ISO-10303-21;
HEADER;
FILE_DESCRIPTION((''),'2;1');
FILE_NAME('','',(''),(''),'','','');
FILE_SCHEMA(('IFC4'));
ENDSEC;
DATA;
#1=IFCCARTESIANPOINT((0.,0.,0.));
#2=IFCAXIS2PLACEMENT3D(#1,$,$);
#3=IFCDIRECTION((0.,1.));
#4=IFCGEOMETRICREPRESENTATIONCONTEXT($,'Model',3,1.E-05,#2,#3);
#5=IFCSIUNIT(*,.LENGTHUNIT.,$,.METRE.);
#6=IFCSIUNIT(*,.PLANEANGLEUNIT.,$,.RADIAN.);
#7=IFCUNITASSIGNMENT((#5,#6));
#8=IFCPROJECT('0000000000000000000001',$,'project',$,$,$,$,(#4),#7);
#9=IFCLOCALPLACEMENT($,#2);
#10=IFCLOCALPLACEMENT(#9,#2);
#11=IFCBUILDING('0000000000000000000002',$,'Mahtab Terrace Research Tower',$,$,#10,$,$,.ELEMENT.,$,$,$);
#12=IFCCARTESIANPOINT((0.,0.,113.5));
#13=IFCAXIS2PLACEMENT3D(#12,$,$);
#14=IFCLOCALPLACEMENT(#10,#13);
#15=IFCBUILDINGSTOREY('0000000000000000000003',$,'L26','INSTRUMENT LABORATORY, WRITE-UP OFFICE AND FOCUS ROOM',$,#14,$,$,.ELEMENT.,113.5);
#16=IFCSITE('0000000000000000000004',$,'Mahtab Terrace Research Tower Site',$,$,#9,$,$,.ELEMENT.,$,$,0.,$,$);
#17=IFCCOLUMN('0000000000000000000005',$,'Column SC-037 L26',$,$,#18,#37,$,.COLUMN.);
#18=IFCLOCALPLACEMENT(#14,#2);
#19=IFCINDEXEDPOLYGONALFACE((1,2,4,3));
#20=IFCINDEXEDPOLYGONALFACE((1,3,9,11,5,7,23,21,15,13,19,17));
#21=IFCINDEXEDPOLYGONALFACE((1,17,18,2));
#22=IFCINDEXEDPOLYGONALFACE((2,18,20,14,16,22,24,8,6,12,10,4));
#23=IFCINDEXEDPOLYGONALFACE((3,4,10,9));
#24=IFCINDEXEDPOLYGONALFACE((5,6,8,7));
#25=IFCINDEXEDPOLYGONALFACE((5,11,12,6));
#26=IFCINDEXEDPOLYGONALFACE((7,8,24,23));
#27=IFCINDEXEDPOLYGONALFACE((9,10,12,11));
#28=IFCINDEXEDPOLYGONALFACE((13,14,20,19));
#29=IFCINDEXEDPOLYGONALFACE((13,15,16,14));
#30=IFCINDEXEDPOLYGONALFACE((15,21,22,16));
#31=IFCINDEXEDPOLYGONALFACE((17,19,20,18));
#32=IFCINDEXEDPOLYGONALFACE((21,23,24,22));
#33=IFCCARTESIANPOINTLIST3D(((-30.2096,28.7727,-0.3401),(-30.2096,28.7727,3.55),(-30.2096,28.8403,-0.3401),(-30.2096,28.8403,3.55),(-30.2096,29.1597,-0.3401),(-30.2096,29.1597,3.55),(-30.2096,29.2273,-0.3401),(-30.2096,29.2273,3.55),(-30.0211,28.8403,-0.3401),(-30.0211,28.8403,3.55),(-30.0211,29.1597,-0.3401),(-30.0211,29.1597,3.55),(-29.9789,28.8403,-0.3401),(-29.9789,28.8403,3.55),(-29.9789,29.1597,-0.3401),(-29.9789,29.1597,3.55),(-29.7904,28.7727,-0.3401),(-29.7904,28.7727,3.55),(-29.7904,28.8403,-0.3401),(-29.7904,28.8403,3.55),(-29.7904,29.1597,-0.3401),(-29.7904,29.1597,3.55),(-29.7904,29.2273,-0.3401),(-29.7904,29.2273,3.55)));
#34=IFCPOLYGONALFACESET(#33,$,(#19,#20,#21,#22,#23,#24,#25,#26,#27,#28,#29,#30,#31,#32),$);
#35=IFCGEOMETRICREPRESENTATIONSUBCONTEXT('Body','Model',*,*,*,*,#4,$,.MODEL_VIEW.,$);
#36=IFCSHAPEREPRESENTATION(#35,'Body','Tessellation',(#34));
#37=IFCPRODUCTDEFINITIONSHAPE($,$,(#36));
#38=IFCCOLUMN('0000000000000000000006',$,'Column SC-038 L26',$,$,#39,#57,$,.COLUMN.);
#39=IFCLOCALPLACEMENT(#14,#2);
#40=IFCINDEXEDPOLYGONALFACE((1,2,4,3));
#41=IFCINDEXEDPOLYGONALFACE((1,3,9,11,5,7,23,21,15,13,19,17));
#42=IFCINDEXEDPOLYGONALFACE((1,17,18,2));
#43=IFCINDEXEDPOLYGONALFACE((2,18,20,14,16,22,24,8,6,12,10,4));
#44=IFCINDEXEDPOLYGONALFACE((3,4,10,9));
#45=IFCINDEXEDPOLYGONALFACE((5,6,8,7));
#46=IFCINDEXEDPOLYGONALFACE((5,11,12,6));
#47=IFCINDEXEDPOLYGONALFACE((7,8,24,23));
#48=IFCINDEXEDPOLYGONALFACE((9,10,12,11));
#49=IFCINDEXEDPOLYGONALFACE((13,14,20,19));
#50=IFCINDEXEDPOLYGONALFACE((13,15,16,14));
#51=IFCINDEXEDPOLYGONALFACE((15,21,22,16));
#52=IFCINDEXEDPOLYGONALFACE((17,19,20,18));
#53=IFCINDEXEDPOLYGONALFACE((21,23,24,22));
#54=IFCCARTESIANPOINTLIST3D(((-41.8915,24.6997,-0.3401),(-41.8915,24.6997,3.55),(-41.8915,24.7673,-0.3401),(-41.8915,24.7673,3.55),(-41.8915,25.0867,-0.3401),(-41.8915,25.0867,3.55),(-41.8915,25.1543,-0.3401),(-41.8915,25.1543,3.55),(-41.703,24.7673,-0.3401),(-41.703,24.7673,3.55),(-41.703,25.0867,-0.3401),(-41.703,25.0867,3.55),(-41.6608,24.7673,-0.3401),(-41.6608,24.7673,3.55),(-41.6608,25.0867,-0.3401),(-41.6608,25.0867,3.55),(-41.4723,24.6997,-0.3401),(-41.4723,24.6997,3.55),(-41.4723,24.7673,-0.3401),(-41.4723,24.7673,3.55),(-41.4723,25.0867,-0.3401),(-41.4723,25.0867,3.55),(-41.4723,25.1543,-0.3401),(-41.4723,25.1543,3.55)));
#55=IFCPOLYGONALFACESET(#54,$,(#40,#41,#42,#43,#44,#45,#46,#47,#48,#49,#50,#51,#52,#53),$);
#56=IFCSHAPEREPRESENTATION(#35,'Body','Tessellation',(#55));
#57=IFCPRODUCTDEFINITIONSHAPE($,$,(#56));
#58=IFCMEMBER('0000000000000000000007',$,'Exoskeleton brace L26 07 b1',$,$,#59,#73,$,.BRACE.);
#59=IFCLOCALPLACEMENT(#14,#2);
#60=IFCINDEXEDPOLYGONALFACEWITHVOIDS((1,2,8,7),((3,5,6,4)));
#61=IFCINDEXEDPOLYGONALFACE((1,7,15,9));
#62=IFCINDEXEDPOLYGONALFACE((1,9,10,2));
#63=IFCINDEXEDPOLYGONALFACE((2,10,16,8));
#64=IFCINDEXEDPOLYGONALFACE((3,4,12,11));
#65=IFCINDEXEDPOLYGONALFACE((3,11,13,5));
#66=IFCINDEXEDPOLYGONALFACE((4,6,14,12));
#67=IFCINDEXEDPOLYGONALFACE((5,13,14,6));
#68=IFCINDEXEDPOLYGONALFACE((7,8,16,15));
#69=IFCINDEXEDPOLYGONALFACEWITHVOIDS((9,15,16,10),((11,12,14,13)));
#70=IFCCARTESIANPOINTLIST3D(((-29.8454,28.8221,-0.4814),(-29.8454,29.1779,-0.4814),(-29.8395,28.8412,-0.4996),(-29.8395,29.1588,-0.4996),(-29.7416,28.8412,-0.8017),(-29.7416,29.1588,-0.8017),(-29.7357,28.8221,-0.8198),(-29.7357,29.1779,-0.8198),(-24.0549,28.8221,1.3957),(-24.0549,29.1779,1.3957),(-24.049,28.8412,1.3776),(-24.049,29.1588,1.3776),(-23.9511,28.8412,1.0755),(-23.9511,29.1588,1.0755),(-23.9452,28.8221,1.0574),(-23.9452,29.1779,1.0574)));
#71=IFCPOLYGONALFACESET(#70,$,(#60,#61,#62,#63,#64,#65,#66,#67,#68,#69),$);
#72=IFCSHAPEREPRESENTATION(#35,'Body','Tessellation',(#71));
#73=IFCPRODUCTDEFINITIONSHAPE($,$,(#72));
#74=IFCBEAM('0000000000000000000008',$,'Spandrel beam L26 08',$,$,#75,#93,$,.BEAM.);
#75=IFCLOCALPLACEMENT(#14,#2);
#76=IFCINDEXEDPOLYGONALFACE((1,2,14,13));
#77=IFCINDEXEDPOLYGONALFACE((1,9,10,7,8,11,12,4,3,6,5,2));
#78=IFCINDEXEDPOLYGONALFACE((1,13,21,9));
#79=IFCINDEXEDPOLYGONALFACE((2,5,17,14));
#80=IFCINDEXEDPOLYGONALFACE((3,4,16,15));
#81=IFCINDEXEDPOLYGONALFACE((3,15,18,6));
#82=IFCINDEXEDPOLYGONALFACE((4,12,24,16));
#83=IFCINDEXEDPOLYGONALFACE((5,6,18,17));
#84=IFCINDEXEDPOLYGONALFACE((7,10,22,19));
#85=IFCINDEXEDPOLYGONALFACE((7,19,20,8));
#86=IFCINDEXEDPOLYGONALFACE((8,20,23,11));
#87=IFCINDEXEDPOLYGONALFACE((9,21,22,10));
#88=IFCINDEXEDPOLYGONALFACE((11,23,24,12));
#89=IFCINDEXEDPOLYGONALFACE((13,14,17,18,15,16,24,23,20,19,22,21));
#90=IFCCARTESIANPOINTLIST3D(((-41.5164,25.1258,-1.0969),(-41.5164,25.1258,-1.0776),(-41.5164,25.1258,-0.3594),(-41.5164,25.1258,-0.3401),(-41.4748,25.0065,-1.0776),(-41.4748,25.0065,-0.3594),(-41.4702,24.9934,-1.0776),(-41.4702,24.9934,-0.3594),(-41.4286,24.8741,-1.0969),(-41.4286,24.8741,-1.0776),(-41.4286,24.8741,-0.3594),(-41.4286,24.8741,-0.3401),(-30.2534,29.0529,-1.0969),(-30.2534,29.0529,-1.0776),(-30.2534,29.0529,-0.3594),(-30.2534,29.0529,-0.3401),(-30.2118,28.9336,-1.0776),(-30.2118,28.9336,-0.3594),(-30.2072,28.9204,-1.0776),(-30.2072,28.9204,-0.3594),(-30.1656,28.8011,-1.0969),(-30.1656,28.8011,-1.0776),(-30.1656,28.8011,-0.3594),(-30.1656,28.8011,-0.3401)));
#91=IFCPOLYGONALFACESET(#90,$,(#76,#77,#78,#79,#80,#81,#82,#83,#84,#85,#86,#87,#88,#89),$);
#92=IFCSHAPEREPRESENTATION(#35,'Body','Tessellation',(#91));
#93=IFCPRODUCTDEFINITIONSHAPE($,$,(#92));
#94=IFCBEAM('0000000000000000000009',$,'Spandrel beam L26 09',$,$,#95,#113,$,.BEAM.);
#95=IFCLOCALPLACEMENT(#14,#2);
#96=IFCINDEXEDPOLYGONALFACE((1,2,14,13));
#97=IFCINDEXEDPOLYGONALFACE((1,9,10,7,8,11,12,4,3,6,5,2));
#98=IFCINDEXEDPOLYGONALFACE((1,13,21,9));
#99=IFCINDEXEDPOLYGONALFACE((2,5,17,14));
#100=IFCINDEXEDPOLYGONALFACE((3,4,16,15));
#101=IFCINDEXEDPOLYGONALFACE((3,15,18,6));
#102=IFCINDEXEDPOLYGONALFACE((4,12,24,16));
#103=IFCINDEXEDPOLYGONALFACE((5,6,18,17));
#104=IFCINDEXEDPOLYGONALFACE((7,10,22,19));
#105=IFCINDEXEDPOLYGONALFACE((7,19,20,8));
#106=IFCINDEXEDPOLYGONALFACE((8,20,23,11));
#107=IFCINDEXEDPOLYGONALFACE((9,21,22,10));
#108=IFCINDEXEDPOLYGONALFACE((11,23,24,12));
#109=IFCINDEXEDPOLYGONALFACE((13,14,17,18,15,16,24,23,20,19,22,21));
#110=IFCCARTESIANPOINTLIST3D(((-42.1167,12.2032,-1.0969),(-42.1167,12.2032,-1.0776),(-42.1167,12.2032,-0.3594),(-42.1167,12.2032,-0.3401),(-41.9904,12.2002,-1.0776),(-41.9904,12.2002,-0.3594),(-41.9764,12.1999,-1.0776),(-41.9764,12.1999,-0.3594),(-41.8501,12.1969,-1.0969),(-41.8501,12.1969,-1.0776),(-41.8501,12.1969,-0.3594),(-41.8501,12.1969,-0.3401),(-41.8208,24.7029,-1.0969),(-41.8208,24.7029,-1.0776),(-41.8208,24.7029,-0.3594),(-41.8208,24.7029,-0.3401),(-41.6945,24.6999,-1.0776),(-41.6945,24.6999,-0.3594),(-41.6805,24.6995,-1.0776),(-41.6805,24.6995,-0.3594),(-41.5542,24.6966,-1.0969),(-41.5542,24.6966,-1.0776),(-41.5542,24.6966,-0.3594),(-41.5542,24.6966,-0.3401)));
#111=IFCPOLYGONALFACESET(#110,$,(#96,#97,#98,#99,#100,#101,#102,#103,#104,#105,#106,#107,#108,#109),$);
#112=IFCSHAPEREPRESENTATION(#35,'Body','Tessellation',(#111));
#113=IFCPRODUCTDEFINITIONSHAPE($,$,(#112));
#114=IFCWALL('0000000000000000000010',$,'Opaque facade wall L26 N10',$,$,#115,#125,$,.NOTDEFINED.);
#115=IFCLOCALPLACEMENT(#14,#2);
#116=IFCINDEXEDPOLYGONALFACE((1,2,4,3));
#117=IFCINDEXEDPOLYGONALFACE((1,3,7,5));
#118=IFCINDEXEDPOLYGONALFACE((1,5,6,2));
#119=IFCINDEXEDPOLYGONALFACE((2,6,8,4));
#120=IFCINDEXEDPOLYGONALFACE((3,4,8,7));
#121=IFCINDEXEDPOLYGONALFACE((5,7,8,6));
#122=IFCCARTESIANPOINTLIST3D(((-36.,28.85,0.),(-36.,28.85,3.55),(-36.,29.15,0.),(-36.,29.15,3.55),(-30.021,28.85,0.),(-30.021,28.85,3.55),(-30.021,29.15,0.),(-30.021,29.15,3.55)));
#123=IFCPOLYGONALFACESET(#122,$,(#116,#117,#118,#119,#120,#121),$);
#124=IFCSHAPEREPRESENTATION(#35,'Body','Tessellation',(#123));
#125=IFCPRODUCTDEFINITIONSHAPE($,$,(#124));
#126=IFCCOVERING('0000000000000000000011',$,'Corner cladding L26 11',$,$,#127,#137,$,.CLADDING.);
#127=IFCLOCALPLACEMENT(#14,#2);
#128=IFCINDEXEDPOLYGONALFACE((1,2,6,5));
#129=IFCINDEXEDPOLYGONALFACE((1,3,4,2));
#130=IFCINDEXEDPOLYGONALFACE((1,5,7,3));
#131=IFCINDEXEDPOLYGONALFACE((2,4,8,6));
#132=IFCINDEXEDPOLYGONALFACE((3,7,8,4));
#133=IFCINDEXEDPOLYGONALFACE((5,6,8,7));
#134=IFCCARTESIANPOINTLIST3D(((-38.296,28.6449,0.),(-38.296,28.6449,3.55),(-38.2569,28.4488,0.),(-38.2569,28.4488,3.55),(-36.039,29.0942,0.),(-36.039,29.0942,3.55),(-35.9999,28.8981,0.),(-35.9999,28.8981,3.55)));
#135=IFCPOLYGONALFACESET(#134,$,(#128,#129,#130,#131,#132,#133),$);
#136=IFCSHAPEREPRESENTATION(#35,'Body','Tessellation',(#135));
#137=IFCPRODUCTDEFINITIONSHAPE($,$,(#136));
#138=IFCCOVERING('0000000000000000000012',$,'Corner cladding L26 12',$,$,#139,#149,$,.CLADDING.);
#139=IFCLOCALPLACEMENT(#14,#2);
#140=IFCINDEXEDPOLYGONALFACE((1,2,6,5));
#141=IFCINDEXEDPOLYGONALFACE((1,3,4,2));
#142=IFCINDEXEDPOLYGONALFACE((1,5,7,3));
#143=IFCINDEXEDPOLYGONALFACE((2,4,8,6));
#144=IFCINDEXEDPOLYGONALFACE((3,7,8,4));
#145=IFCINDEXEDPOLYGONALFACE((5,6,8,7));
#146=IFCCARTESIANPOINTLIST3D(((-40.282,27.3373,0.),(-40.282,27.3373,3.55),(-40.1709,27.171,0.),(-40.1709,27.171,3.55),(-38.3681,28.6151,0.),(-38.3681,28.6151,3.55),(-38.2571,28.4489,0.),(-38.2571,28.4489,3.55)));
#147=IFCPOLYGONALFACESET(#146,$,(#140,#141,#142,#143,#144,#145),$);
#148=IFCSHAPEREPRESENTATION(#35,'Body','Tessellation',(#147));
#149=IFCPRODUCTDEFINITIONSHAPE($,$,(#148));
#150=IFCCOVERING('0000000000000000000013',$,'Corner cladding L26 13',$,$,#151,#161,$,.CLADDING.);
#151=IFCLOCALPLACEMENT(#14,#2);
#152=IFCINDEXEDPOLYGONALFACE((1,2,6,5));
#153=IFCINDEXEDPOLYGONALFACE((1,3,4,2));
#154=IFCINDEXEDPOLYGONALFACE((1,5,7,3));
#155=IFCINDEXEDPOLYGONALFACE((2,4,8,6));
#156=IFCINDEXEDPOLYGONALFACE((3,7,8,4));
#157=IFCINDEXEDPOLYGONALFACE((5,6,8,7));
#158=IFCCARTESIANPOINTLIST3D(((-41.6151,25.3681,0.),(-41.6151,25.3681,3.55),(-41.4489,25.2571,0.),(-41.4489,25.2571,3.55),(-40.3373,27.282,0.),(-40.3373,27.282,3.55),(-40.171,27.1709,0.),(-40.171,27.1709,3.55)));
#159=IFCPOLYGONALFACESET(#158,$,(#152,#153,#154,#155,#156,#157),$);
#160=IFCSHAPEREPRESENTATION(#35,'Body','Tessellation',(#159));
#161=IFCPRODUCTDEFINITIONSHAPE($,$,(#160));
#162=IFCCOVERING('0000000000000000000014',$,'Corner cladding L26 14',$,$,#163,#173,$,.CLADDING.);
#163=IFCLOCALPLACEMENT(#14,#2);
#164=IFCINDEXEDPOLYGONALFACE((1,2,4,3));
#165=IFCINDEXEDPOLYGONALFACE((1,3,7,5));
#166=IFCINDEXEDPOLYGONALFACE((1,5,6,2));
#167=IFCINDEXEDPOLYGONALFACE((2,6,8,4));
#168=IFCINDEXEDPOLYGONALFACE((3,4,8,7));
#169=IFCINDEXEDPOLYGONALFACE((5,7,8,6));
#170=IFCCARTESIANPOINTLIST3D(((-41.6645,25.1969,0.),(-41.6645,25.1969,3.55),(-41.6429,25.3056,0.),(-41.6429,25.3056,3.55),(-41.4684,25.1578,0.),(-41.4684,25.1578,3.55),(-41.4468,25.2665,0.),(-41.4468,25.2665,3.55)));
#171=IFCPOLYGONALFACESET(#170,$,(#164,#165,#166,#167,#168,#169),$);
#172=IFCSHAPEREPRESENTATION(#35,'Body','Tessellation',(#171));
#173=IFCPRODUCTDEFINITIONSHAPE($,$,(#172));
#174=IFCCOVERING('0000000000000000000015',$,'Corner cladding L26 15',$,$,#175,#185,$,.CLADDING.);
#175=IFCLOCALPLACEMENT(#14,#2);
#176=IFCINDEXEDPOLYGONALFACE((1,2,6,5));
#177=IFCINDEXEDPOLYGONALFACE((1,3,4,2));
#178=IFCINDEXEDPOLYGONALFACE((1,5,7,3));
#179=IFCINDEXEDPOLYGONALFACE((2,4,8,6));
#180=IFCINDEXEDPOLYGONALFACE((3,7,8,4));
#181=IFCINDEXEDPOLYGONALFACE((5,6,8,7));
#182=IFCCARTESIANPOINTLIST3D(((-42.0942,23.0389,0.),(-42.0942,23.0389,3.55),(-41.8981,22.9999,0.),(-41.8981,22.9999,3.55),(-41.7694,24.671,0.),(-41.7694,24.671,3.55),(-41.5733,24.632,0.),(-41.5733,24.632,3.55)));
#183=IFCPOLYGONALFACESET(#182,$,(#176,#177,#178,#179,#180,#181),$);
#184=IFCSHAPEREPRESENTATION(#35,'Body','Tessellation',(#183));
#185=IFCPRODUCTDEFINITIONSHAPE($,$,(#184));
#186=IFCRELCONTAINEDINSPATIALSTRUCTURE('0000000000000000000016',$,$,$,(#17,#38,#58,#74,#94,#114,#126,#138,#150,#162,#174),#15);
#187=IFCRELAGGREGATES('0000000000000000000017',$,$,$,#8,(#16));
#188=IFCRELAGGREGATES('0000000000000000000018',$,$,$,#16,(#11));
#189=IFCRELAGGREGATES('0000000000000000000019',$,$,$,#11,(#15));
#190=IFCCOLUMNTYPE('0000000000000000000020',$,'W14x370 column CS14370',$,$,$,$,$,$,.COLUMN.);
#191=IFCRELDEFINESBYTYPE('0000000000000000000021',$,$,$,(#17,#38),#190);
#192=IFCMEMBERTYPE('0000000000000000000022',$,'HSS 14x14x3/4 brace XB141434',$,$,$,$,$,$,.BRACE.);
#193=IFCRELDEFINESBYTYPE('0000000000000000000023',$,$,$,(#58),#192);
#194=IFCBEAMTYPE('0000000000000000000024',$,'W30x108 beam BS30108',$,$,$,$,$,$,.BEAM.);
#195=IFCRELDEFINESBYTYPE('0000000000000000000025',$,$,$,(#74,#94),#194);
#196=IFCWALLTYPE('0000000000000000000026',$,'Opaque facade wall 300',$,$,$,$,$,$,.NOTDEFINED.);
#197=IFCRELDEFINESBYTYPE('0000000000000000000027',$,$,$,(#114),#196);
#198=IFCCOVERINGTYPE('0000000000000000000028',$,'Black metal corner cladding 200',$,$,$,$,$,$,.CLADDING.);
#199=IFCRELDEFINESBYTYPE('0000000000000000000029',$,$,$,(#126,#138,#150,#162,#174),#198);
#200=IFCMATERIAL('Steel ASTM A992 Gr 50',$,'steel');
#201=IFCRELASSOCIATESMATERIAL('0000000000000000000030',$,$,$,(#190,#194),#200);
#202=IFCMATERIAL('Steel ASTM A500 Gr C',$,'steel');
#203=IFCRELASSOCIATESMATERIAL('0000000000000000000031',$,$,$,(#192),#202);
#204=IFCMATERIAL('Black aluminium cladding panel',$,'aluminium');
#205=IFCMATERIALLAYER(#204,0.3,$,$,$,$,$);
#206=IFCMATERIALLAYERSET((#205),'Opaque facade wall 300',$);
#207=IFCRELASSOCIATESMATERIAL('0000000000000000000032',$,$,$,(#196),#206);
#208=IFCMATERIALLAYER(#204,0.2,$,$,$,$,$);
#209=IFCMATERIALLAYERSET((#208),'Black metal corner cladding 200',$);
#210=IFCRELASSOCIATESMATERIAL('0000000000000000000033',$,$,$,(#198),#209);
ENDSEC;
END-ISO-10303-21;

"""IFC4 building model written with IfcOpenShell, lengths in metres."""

from ifc_helpers import new_model, si_unit, direction, frame, frame_2d, origin, origin_2d, place, context, subcontext, project, spatial, rectangle, hollow_rectangle, i_section, extrude, material, layer, layer_set, material_profile, profile_set, type_object, element, save


model = new_model("IFC4")

# Units and contexts
model_context = context("Model", 3, precision=1e-05, world=origin(), true_north=direction((0.0, 1.0)))
body_context = subcontext(model_context, "Body", "Model", "MODEL_VIEW")
ifc_project = project(units=[si_unit("LENGTHUNIT", "METRE"), si_unit("PLANEANGLEUNIT", "RADIAN")], contexts=[model_context])

# Site, building, storey
site_placement = place(None, origin())
site = spatial("IfcSite", under=ifc_project, at=site_placement, Name="Mahtab Terrace Research Tower Site", CompositionType="ELEMENT", RefElevation=0.0)
building_placement = place(site_placement, origin())
building = spatial("IfcBuilding", under=site, at=building_placement, Name="Mahtab Terrace Research Tower", CompositionType="ELEMENT")
storey_placement = place(building_placement, frame((0.0, 0.0, 113.5)))
storey = spatial("IfcBuildingStorey", under=building, at=storey_placement, Name="L26", Description="INSTRUMENT LABORATORY, WRITE-UP OFFICE AND FOCUS ROOM", CompositionType="ELEMENT", Elevation=113.5)

# Columns
ifc_material_1 = material(Name="Steel ASTM A992 Gr 50", Category="steel")
ifc_material_profile_1 = material_profile(ifc_material_1, i_section(OverallWidth=0.4192, OverallDepth=0.4546, WebThickness=0.0422, FlangeThickness=0.0676, at=origin_2d()), Name="W14X370")
ifc_profile_set_1 = profile_set([ifc_material_profile_1], Name="Steel ASTM A992 Gr 50")
column_type = type_object("IfcColumnType", Name="W14x370 column CS14370", PredefinedType="COLUMN", material=ifc_profile_set_1)
for number, where, z_axis, x_axis, name in (
    (1, (-30.0, 29.0, -0.3401), (0.0, 0.0, 1.0), (1.0, 0.0, 0.0), "Column SC-037 L26"),
    (2, (-41.6819, 24.927, -0.3401), (0.0, 0.0, 1.0), (1.0, 0.0, 0.0), "Column SC-038 L26"),
):
    element("IfcColumn", number, at=place(storey_placement, frame(where, z_axis=z_axis, x_axis=x_axis)), inside=storey, type_object=column_type, Name=name, PredefinedType="COLUMN", context=body_context, shape_type="SweptSolid", body=[
        extrude(i_section(OverallWidth=0.4192, OverallDepth=0.4546, WebThickness=0.0422, FlangeThickness=0.0676, at=origin_2d()), origin(), (0.0, 0.0, 1.0), 3.8901),
    ])

# Member
ifc_material_2 = material(Name="Steel ASTM A500 Gr C", Category="steel")
ifc_material_profile_2 = material_profile(ifc_material_2, hollow_rectangle(XDim=0.3557, YDim=0.3557, WallThickness=0.019, at=origin_2d()), Name="HSS14X14X3/4")
ifc_profile_set_2 = profile_set([ifc_material_profile_2], Name="Steel ASTM A500 Gr C")
member_type = type_object("IfcMemberType", Name="HSS 14x14x3/4 brace XB141434", PredefinedType="BRACE", material=ifc_profile_set_2)
member_placement = place(storey_placement, frame((-29.7905, 29.0, -0.6506), z_axis=(0.951262, 0.0, 0.308384), x_axis=(0.0, 1.0, 0.0)))
element("IfcMember", 3, at=member_placement, inside=storey, type_object=member_type, Name="Exoskeleton brace L26 07 b1", PredefinedType="BRACE", context=body_context, shape_type="SweptSolid", body=[
    extrude(hollow_rectangle(XDim=0.3557, YDim=0.3557, WallThickness=0.019, at=origin_2d()), origin(), (0.0, 0.0, 1.0), 6.0872),
])

# Beams
ifc_material_profile_3 = material_profile(ifc_material_1, i_section(OverallWidth=0.2666, OverallDepth=0.7568, WebThickness=0.0139, FlangeThickness=0.0193, at=origin_2d()), Name="W30X108")
ifc_profile_set_3 = profile_set([ifc_material_profile_3], Name="Steel ASTM A992 Gr 50")
beam_type = type_object("IfcBeamType", Name="W30x108 beam BS30108", PredefinedType="BEAM", material=ifc_profile_set_3)
beam_1_placement = place(storey_placement, frame((-30.2095, 28.927, -0.7185), z_axis=(-0.944251, -0.329228, 0.0), x_axis=(0.329228, -0.944251, 0.0)))
element("IfcBeam", 4, at=beam_1_placement, inside=storey, type_object=beam_type, Name="Spandrel beam L26 08", PredefinedType="BEAM", context=body_context, shape_type="SweptSolid", body=[
    extrude(i_section(OverallWidth=0.2666, OverallDepth=0.7568, WebThickness=0.0139, FlangeThickness=0.0193, at=origin_2d()), origin(), (0.0, 0.0, 1.0), 11.928),
])
beam_2_placement = place(storey_placement, frame((-41.6875, 24.6997, -0.7185), z_axis=(-0.023666, -0.99972, 0.0), x_axis=(0.99972, -0.023666, 0.0)))
element("IfcBeam", 5, at=beam_2_placement, inside=storey, type_object=beam_type, Name="Spandrel beam L26 09", PredefinedType="BEAM", context=body_context, shape_type="SweptSolid", body=[
    extrude(i_section(OverallWidth=0.2666, OverallDepth=0.7568, WebThickness=0.0139, FlangeThickness=0.0193, at=origin_2d()), origin(), (0.0, 0.0, 1.0), 12.5032),
])

# Wall
ifc_material_3 = material(Name="Black aluminium cladding panel", Category="aluminium")
ifc_layer_1 = layer(ifc_material_3, 0.3)
ifc_layer_set_1 = layer_set([ifc_layer_1], Name="Opaque facade wall 300")
wall_type = type_object("IfcWallType", Name="Opaque facade wall 300", PredefinedType="NOTDEFINED", material=ifc_layer_set_1)
wall_placement = place(storey_placement, frame((-30.021, 29.0, 0.0), z_axis=(0.0, 0.0, 1.0), x_axis=(-1.0, 0.0, 0.0)))
element("IfcWall", 6, at=wall_placement, inside=storey, type_object=wall_type, Name="Opaque facade wall L26 N10", PredefinedType="NOTDEFINED", context=body_context, shape_type="SweptSolid", body=[
    extrude(rectangle(XDim=5.979, YDim=0.3, at=frame_2d((2.9895, 0.0))), origin(), (0.0, 0.0, 1.0), 3.55),
])

# Coverings
ifc_layer_2 = layer(ifc_material_3, 0.2)
ifc_layer_set_2 = layer_set([ifc_layer_2], Name="Black metal corner cladding 200")
covering_type = type_object("IfcCoveringType", Name="Black metal corner cladding 200", PredefinedType="CLADDING", material=ifc_layer_set_2)
for number, where, z_axis, x_axis, name in (
    (7, (-37.1479, 28.7715, 0.0), (0.0, 0.0, 1.0), (-0.980761, -0.195212, 0.0), "Corner cladding L26 11"),
    (8, (-39.2695, 27.8931, 0.0), (0.0, 0.0, 1.0), (-0.831656, -0.555291, 0.0), "Corner cladding L26 12"),
    (9, (-40.8931, 26.2695, 0.0), (0.0, 0.0, 1.0), (-0.555291, -0.831656, 0.0), "Corner cladding L26 13"),
):
    element("IfcCovering", number, at=place(storey_placement, frame(where, z_axis=z_axis, x_axis=x_axis)), inside=storey, type_object=covering_type, Name=name, PredefinedType="CLADDING", context=body_context, shape_type="SweptSolid", body=[
        extrude(rectangle(XDim=2.3013, YDim=0.2, at=origin_2d()), origin(), (0.0, 0.0, 1.0), 3.55),
    ])
covering_1_placement = place(storey_placement, frame((-41.5557, 25.2317, 0.0), z_axis=(0.0, 0.0, 1.0), x_axis=(-0.195212, -0.980761, 0.0)))
element("IfcCovering", 10, at=covering_1_placement, inside=storey, type_object=covering_type, Name="Corner cladding L26 14", PredefinedType="CLADDING", context=body_context, shape_type="SweptSolid", body=[
    extrude(rectangle(XDim=0.1108, YDim=0.2, at=origin_2d()), origin(), (0.0, 0.0, 1.0), 3.55),
])
covering_2_placement = place(storey_placement, frame((-41.8337, 23.8354, 0.0), z_axis=(0.0, 0.0, 1.0), x_axis=(-0.195212, -0.980761, 0.0)))
element("IfcCovering", 11, at=covering_2_placement, inside=storey, type_object=covering_type, Name="Corner cladding L26 15", PredefinedType="CLADDING", context=body_context, shape_type="SweptSolid", body=[
    extrude(rectangle(XDim=1.6641, YDim=0.2, at=origin_2d()), origin(), (0.0, 0.0, 1.0), 3.55),
])

save(model, "model.ifc")
